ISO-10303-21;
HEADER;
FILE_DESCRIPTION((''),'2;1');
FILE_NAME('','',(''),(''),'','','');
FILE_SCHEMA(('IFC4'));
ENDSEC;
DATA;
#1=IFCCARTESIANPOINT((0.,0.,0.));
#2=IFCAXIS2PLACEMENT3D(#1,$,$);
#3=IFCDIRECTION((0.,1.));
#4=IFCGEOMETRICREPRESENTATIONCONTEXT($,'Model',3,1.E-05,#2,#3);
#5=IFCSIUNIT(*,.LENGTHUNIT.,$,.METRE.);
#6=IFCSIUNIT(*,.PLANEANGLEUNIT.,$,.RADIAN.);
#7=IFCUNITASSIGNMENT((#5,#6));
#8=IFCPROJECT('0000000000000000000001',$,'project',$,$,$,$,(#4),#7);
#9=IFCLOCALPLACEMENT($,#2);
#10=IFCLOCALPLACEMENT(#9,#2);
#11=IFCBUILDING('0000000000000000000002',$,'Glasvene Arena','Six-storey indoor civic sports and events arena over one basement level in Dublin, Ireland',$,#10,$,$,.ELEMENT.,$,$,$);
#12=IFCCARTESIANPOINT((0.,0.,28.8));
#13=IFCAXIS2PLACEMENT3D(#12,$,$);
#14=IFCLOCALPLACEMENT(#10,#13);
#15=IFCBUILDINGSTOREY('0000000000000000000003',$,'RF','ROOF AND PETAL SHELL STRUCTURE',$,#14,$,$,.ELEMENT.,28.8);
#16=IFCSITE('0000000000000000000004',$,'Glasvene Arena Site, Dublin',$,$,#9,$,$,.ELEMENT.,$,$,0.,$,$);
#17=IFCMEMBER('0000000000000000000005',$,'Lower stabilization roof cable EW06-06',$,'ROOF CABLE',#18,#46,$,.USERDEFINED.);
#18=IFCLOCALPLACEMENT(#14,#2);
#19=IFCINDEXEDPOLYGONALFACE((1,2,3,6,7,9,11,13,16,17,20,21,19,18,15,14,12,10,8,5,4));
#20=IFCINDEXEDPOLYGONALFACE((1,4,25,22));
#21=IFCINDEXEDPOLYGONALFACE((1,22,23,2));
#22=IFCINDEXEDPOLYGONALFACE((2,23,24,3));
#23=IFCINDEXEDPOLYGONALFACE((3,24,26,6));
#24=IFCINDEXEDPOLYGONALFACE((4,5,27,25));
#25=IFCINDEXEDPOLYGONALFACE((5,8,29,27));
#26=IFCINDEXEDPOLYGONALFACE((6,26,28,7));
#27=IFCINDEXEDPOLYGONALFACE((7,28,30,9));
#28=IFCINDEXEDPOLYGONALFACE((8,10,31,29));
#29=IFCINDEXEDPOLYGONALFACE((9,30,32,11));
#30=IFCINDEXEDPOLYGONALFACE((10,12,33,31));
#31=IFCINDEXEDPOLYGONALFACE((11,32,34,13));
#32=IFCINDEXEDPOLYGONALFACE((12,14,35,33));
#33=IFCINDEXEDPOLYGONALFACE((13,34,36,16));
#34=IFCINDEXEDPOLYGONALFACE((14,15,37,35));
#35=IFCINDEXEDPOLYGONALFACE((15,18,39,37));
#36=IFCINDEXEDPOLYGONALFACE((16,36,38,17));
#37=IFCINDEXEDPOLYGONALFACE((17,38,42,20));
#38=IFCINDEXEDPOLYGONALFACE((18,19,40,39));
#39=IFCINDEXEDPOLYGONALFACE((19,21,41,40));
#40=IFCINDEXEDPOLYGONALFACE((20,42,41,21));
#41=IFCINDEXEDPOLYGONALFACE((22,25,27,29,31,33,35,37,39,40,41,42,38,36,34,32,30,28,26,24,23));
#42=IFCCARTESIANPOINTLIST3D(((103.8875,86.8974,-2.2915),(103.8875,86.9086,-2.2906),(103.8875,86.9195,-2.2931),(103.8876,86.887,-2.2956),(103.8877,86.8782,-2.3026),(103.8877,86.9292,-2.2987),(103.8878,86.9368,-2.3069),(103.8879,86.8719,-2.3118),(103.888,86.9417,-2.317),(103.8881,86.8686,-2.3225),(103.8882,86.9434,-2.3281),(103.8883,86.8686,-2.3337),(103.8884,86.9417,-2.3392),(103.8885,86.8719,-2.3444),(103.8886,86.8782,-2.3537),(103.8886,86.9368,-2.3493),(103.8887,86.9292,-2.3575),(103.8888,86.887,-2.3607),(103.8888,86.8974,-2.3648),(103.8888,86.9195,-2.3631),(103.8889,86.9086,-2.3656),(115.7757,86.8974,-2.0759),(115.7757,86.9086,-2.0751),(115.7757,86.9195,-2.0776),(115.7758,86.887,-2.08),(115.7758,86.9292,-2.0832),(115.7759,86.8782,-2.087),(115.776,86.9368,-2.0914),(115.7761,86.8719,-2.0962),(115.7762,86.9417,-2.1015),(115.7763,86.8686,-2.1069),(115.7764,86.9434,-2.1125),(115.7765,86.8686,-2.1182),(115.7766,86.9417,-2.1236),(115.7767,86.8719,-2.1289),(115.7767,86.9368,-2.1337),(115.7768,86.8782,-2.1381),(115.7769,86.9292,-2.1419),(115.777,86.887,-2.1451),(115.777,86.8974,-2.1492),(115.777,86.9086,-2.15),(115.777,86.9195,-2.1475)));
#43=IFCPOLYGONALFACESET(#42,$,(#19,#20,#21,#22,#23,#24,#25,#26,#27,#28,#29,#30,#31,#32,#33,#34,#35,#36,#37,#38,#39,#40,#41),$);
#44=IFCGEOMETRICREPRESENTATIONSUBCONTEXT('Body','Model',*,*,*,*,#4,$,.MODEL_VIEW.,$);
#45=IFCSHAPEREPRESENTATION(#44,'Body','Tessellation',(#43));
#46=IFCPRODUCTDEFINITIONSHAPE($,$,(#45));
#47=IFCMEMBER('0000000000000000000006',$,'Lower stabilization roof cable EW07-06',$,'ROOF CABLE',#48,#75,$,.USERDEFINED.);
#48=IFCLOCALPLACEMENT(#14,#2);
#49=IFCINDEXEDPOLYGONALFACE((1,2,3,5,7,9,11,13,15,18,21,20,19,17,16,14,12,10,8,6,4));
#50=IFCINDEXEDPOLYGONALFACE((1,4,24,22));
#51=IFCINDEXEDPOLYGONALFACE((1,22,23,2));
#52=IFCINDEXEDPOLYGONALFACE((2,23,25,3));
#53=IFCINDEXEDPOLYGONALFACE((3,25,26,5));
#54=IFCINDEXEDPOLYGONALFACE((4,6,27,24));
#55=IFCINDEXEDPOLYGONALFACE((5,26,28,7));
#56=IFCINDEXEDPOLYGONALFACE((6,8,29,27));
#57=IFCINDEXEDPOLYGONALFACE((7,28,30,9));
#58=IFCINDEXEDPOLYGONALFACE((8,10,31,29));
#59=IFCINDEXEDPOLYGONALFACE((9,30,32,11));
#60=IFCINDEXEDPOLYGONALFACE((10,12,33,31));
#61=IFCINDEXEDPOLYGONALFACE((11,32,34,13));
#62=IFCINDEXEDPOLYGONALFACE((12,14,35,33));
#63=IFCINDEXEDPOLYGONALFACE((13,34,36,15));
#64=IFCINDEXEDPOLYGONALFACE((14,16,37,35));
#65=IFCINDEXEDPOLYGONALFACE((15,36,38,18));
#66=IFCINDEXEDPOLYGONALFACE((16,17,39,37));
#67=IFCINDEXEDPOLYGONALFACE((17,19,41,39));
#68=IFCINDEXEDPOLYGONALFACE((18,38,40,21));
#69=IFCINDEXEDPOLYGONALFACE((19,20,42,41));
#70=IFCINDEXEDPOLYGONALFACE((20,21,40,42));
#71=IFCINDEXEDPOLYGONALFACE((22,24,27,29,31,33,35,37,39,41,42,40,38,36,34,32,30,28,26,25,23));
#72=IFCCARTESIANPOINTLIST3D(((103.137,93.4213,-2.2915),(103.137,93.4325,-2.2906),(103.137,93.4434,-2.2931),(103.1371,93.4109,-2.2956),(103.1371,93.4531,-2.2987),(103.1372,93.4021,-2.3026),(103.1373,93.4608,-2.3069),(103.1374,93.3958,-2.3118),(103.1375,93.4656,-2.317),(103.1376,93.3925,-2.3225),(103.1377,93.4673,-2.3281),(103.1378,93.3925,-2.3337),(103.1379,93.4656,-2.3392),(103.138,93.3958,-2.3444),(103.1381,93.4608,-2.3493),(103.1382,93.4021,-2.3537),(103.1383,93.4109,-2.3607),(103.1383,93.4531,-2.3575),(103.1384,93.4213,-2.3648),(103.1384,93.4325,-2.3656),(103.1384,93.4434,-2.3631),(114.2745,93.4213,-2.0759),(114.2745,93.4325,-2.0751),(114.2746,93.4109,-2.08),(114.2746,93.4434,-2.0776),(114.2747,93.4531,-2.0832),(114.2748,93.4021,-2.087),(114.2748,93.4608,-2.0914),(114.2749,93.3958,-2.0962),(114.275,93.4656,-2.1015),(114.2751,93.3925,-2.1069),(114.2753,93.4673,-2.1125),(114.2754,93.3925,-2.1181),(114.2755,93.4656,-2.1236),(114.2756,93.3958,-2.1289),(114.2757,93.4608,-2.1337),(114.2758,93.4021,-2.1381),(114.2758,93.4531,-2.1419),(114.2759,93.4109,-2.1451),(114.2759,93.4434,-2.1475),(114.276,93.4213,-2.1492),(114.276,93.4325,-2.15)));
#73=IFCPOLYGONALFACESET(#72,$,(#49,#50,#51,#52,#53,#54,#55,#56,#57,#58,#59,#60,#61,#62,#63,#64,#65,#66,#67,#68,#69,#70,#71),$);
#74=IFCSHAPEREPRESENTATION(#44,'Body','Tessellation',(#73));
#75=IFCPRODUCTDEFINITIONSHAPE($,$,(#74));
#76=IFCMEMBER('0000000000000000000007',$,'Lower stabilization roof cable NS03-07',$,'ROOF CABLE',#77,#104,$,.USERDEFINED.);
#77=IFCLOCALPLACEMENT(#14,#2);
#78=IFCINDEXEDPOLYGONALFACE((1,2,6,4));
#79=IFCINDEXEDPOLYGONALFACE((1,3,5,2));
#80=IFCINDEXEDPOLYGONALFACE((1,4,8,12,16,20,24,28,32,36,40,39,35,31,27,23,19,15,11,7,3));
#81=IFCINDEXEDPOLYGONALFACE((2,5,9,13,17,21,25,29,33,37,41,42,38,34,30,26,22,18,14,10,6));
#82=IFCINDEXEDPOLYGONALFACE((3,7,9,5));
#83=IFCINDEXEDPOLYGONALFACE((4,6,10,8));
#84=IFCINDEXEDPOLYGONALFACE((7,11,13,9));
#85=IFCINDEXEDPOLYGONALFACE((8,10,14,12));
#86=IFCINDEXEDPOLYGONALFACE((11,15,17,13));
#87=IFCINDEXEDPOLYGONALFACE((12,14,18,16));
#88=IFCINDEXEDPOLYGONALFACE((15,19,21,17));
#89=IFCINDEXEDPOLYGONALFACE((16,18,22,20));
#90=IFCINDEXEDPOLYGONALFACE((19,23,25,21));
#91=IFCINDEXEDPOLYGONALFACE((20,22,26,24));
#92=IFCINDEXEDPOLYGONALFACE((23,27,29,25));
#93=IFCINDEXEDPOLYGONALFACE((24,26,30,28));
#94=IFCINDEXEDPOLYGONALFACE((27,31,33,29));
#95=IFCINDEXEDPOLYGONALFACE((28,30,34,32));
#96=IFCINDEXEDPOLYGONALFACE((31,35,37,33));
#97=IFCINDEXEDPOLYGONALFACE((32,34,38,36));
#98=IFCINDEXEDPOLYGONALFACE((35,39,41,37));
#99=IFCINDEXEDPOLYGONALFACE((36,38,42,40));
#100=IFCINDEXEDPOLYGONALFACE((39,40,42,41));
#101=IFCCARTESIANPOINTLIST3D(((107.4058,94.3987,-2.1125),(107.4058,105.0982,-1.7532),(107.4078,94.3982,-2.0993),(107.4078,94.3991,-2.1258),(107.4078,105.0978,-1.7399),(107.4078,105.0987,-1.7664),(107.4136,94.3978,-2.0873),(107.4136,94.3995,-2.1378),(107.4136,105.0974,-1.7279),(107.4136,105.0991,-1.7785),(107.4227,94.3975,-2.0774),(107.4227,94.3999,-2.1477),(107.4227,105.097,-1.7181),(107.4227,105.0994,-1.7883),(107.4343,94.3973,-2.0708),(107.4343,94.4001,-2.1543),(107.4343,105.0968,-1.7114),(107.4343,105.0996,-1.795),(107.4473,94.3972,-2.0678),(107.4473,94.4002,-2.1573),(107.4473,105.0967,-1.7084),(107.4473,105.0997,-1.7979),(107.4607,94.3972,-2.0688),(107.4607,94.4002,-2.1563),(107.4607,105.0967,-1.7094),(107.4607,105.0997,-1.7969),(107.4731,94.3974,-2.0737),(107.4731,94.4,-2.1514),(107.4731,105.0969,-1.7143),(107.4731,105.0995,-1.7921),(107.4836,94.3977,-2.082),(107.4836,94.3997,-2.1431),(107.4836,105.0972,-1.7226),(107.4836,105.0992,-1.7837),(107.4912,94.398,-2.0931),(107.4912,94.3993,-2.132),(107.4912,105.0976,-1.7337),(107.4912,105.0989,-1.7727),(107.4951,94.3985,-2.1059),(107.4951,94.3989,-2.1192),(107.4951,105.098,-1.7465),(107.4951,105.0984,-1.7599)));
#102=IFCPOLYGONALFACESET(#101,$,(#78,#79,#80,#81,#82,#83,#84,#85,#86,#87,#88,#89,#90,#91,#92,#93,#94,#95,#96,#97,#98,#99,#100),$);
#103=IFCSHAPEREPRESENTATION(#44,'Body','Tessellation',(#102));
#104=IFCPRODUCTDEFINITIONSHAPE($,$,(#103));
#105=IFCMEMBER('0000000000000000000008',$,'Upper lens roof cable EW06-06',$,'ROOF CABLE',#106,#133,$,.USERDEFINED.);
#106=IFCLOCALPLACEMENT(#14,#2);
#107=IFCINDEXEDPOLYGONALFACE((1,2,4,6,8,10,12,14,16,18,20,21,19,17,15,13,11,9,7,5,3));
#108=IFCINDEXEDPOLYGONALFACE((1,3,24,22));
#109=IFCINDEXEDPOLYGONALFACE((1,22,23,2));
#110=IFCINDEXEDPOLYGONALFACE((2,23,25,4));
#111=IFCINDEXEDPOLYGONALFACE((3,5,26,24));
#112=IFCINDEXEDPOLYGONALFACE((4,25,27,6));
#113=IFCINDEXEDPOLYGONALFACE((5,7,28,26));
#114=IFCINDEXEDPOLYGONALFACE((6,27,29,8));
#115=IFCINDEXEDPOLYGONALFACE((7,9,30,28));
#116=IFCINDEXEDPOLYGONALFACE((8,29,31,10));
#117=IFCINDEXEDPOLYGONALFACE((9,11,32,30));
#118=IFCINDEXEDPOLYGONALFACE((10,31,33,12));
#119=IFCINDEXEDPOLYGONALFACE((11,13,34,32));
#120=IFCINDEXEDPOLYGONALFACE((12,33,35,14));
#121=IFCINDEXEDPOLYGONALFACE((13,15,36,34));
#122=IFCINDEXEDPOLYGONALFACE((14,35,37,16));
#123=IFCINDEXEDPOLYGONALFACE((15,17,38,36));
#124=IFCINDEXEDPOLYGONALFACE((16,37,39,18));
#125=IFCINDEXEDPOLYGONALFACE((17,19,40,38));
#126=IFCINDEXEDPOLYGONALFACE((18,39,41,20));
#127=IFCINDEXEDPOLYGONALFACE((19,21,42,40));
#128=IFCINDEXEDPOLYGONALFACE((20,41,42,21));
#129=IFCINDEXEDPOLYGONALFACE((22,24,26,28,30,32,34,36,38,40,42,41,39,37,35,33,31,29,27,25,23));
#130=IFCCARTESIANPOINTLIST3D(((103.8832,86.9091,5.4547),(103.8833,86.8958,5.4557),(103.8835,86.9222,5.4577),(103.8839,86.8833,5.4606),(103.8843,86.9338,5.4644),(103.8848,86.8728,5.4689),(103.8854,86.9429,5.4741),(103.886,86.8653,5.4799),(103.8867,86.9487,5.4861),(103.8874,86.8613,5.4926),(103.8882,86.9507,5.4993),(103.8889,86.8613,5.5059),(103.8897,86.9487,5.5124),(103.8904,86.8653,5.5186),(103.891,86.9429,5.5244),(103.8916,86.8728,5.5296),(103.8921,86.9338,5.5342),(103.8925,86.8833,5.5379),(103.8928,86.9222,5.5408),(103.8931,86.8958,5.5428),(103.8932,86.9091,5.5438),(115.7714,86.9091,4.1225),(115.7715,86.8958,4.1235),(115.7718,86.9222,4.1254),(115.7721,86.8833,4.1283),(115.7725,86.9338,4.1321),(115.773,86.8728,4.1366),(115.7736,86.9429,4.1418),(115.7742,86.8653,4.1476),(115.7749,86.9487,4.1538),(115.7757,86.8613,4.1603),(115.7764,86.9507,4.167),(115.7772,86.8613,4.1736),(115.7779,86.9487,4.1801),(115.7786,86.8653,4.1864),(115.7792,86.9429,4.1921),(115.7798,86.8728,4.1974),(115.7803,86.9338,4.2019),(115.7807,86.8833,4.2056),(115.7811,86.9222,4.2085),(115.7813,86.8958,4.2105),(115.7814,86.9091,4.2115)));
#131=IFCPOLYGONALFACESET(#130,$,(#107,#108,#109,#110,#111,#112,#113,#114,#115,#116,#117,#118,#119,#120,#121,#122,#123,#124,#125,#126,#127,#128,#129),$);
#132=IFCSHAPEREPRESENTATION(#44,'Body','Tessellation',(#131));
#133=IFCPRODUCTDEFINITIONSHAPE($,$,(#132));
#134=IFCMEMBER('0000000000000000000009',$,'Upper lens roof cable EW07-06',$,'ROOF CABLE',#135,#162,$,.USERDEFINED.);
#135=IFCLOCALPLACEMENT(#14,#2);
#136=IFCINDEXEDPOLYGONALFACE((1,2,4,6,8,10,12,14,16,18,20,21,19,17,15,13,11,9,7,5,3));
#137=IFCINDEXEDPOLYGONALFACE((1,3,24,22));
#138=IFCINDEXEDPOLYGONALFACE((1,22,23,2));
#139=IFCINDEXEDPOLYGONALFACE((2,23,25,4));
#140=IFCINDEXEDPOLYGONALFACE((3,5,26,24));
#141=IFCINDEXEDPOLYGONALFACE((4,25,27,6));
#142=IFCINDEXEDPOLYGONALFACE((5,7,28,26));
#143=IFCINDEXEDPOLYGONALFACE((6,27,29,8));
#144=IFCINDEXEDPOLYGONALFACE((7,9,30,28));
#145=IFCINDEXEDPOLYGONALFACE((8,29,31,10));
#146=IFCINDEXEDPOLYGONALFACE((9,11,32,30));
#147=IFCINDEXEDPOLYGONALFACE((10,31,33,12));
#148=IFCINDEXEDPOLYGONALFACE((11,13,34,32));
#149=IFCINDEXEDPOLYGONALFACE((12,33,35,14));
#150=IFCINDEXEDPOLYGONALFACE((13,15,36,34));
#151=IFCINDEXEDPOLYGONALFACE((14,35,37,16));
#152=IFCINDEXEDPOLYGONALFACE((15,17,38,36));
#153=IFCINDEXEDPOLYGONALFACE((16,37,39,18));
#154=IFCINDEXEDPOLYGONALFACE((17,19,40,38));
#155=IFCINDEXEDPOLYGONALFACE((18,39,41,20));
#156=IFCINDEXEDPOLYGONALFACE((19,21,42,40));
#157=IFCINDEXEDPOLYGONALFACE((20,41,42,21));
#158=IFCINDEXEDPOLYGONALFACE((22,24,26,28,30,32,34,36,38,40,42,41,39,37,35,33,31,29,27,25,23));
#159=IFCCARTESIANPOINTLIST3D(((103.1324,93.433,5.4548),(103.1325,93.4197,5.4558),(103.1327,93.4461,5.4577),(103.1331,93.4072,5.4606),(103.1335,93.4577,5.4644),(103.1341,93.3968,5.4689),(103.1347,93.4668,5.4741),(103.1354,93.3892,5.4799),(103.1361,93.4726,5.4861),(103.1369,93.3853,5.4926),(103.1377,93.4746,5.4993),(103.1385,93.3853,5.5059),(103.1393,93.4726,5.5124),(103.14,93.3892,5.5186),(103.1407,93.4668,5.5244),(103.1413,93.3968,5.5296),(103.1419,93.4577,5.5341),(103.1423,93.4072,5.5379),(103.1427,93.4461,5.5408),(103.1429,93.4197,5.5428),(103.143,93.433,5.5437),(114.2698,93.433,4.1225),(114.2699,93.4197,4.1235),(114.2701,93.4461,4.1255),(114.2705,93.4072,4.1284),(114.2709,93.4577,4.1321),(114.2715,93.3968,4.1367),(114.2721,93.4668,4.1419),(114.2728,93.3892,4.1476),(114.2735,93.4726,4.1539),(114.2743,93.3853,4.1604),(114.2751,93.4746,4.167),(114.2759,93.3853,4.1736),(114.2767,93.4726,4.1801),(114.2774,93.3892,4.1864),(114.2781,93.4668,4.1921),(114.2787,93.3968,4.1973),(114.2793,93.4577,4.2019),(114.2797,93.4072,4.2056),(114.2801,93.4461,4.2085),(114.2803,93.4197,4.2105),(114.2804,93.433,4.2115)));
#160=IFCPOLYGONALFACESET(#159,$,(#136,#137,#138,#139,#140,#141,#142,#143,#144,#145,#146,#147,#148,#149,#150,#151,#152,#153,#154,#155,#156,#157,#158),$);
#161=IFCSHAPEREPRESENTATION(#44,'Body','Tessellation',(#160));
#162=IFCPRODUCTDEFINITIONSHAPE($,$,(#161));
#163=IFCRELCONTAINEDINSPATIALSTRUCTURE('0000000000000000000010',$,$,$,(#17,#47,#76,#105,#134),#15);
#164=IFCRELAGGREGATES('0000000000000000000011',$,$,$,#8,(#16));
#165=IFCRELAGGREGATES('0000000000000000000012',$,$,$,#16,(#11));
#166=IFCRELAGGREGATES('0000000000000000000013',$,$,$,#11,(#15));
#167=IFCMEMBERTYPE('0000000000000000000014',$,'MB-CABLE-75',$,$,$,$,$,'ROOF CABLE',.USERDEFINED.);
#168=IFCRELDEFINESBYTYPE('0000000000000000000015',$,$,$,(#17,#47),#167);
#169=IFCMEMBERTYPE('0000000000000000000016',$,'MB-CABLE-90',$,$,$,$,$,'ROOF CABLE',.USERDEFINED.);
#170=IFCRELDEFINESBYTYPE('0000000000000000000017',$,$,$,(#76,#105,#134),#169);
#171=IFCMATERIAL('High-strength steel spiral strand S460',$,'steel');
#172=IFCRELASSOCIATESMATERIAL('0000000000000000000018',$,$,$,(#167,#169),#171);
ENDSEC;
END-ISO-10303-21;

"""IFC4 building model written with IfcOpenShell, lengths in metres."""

from ifc_helpers import new_model, si_unit, direction, frame, origin, origin_2d, place, context, subcontext, project, spatial, circle, extrude, material, material_profile, profile_set, type_object, element, save


model = new_model("IFC4")

# Units and contexts
model_context = context("Model", 3, precision=1e-05, world=origin(), true_north=direction((0.0, 1.0)))
body_context = subcontext(model_context, "Body", "Model", "MODEL_VIEW")
ifc_project = project(units=[si_unit("LENGTHUNIT", "METRE"), si_unit("PLANEANGLEUNIT", "RADIAN")], contexts=[model_context])

# Site, building, storey
site_placement = place(None, origin())
site = spatial("IfcSite", under=ifc_project, at=site_placement, Name="Glasvene Arena Site, Dublin", CompositionType="ELEMENT", RefElevation=0.0)
building_placement = place(site_placement, origin())
building = spatial("IfcBuilding", under=site, at=building_placement, Name="Glasvene Arena", Description="Six-storey indoor civic sports and events arena over one basement level in Dublin, Ireland", CompositionType="ELEMENT")
storey_placement = place(building_placement, frame((0.0, 0.0, 28.8)))
storey = spatial("IfcBuildingStorey", under=building, at=storey_placement, Name="RF", Description="ROOF AND PETAL SHELL STRUCTURE", CompositionType="ELEMENT", Elevation=28.8)

# Members
ifc_material_1 = material(Name="High-strength steel spiral strand S460", Category="steel")
ifc_material_profile_1 = material_profile(ifc_material_1, circle(Radius=0.0376, at=origin_2d()), Name="LCSS D75")
ifc_profile_set_1 = profile_set([ifc_material_profile_1], Name="High-strength steel spiral strand S460")
member_type_1 = type_object("IfcMemberType", Name="MB-CABLE-75", ElementType="ROOF CABLE", PredefinedType="USERDEFINED", material=ifc_profile_set_1)
member_1_placement = place(storey_placement, frame((103.8882, 86.9058, -2.3281), z_axis=(0.999836, 0.0, 0.018131), x_axis=(0.0, 1.0, 0.0)))
element("IfcMember", 1, at=member_1_placement, inside=storey, type_object=member_type_1, Name="Lower stabilization roof cable EW06-06", ObjectType="ROOF CABLE", PredefinedType="USERDEFINED", context=body_context, shape_type="SweptSolid", body=[
    extrude(circle(Radius=0.0376, at=origin_2d()), origin(), (0.0, 0.0, 1.0), 11.8901),
])
member_2_placement = place(storey_placement, frame((103.1377, 93.4297, -2.3281), z_axis=(0.999813, 0.0, 0.019352), x_axis=(0.0, 1.0, 0.0)))
element("IfcMember", 2, at=member_2_placement, inside=storey, type_object=member_type_1, Name="Lower stabilization roof cable EW07-06", ObjectType="ROOF CABLE", PredefinedType="USERDEFINED", context=body_context, shape_type="SweptSolid", body=[
    extrude(circle(Radius=0.0376, at=origin_2d()), origin(), (0.0, 0.0, 1.0), 11.1396),
])
ifc_material_profile_2 = material_profile(ifc_material_1, circle(Radius=0.0449, at=origin_2d()), Name="LCSS D90")
ifc_profile_set_2 = profile_set([ifc_material_profile_2], Name="High-strength steel spiral strand S460")
member_type_2 = type_object("IfcMemberType", Name="MB-CABLE-90", ElementType="ROOF CABLE", PredefinedType="USERDEFINED", material=ifc_profile_set_2)
member_3_placement = place(storey_placement, frame((107.4507, 94.3987, -2.1125), z_axis=(0.0, 0.999436, 0.033569), x_axis=(-1.0, 0.0, 0.0)))
element("IfcMember", 3, at=member_3_placement, inside=storey, type_object=member_type_2, Name="Lower stabilization roof cable NS03-07", ObjectType="ROOF CABLE", PredefinedType="USERDEFINED", context=body_context, shape_type="SweptSolid", body=[
    extrude(circle(Radius=0.0449, at=origin_2d()), origin(), (0.0, 0.0, 1.0), 10.7056),
])
member_4_placement = place(storey_placement, frame((103.8882, 86.9058, 5.4993), z_axis=(0.993779, 0.0, -0.11137), x_axis=(0.0, 1.0, 0.0)))
element("IfcMember", 4, at=member_4_placement, inside=storey, type_object=member_type_2, Name="Upper lens roof cable EW06-06", ObjectType="ROOF CABLE", PredefinedType="USERDEFINED", context=body_context, shape_type="SweptSolid", body=[
    extrude(circle(Radius=0.0449, at=origin_2d()), origin(), (0.0, 0.0, 1.0), 11.9626),
])
member_5_placement = place(storey_placement, frame((103.1377, 93.4297, 5.4993), z_axis=(0.992921, 0.0, -0.118774), x_axis=(0.0, 1.0, 0.0)))
element("IfcMember", 5, at=member_5_placement, inside=storey, type_object=member_type_2, Name="Upper lens roof cable EW07-06", ObjectType="ROOF CABLE", PredefinedType="USERDEFINED", context=body_context, shape_type="SweptSolid", body=[
    extrude(circle(Radius=0.0449, at=origin_2d()), origin(), (0.0, 0.0, 1.0), 11.2168),
])

save(model, "model.ifc")
